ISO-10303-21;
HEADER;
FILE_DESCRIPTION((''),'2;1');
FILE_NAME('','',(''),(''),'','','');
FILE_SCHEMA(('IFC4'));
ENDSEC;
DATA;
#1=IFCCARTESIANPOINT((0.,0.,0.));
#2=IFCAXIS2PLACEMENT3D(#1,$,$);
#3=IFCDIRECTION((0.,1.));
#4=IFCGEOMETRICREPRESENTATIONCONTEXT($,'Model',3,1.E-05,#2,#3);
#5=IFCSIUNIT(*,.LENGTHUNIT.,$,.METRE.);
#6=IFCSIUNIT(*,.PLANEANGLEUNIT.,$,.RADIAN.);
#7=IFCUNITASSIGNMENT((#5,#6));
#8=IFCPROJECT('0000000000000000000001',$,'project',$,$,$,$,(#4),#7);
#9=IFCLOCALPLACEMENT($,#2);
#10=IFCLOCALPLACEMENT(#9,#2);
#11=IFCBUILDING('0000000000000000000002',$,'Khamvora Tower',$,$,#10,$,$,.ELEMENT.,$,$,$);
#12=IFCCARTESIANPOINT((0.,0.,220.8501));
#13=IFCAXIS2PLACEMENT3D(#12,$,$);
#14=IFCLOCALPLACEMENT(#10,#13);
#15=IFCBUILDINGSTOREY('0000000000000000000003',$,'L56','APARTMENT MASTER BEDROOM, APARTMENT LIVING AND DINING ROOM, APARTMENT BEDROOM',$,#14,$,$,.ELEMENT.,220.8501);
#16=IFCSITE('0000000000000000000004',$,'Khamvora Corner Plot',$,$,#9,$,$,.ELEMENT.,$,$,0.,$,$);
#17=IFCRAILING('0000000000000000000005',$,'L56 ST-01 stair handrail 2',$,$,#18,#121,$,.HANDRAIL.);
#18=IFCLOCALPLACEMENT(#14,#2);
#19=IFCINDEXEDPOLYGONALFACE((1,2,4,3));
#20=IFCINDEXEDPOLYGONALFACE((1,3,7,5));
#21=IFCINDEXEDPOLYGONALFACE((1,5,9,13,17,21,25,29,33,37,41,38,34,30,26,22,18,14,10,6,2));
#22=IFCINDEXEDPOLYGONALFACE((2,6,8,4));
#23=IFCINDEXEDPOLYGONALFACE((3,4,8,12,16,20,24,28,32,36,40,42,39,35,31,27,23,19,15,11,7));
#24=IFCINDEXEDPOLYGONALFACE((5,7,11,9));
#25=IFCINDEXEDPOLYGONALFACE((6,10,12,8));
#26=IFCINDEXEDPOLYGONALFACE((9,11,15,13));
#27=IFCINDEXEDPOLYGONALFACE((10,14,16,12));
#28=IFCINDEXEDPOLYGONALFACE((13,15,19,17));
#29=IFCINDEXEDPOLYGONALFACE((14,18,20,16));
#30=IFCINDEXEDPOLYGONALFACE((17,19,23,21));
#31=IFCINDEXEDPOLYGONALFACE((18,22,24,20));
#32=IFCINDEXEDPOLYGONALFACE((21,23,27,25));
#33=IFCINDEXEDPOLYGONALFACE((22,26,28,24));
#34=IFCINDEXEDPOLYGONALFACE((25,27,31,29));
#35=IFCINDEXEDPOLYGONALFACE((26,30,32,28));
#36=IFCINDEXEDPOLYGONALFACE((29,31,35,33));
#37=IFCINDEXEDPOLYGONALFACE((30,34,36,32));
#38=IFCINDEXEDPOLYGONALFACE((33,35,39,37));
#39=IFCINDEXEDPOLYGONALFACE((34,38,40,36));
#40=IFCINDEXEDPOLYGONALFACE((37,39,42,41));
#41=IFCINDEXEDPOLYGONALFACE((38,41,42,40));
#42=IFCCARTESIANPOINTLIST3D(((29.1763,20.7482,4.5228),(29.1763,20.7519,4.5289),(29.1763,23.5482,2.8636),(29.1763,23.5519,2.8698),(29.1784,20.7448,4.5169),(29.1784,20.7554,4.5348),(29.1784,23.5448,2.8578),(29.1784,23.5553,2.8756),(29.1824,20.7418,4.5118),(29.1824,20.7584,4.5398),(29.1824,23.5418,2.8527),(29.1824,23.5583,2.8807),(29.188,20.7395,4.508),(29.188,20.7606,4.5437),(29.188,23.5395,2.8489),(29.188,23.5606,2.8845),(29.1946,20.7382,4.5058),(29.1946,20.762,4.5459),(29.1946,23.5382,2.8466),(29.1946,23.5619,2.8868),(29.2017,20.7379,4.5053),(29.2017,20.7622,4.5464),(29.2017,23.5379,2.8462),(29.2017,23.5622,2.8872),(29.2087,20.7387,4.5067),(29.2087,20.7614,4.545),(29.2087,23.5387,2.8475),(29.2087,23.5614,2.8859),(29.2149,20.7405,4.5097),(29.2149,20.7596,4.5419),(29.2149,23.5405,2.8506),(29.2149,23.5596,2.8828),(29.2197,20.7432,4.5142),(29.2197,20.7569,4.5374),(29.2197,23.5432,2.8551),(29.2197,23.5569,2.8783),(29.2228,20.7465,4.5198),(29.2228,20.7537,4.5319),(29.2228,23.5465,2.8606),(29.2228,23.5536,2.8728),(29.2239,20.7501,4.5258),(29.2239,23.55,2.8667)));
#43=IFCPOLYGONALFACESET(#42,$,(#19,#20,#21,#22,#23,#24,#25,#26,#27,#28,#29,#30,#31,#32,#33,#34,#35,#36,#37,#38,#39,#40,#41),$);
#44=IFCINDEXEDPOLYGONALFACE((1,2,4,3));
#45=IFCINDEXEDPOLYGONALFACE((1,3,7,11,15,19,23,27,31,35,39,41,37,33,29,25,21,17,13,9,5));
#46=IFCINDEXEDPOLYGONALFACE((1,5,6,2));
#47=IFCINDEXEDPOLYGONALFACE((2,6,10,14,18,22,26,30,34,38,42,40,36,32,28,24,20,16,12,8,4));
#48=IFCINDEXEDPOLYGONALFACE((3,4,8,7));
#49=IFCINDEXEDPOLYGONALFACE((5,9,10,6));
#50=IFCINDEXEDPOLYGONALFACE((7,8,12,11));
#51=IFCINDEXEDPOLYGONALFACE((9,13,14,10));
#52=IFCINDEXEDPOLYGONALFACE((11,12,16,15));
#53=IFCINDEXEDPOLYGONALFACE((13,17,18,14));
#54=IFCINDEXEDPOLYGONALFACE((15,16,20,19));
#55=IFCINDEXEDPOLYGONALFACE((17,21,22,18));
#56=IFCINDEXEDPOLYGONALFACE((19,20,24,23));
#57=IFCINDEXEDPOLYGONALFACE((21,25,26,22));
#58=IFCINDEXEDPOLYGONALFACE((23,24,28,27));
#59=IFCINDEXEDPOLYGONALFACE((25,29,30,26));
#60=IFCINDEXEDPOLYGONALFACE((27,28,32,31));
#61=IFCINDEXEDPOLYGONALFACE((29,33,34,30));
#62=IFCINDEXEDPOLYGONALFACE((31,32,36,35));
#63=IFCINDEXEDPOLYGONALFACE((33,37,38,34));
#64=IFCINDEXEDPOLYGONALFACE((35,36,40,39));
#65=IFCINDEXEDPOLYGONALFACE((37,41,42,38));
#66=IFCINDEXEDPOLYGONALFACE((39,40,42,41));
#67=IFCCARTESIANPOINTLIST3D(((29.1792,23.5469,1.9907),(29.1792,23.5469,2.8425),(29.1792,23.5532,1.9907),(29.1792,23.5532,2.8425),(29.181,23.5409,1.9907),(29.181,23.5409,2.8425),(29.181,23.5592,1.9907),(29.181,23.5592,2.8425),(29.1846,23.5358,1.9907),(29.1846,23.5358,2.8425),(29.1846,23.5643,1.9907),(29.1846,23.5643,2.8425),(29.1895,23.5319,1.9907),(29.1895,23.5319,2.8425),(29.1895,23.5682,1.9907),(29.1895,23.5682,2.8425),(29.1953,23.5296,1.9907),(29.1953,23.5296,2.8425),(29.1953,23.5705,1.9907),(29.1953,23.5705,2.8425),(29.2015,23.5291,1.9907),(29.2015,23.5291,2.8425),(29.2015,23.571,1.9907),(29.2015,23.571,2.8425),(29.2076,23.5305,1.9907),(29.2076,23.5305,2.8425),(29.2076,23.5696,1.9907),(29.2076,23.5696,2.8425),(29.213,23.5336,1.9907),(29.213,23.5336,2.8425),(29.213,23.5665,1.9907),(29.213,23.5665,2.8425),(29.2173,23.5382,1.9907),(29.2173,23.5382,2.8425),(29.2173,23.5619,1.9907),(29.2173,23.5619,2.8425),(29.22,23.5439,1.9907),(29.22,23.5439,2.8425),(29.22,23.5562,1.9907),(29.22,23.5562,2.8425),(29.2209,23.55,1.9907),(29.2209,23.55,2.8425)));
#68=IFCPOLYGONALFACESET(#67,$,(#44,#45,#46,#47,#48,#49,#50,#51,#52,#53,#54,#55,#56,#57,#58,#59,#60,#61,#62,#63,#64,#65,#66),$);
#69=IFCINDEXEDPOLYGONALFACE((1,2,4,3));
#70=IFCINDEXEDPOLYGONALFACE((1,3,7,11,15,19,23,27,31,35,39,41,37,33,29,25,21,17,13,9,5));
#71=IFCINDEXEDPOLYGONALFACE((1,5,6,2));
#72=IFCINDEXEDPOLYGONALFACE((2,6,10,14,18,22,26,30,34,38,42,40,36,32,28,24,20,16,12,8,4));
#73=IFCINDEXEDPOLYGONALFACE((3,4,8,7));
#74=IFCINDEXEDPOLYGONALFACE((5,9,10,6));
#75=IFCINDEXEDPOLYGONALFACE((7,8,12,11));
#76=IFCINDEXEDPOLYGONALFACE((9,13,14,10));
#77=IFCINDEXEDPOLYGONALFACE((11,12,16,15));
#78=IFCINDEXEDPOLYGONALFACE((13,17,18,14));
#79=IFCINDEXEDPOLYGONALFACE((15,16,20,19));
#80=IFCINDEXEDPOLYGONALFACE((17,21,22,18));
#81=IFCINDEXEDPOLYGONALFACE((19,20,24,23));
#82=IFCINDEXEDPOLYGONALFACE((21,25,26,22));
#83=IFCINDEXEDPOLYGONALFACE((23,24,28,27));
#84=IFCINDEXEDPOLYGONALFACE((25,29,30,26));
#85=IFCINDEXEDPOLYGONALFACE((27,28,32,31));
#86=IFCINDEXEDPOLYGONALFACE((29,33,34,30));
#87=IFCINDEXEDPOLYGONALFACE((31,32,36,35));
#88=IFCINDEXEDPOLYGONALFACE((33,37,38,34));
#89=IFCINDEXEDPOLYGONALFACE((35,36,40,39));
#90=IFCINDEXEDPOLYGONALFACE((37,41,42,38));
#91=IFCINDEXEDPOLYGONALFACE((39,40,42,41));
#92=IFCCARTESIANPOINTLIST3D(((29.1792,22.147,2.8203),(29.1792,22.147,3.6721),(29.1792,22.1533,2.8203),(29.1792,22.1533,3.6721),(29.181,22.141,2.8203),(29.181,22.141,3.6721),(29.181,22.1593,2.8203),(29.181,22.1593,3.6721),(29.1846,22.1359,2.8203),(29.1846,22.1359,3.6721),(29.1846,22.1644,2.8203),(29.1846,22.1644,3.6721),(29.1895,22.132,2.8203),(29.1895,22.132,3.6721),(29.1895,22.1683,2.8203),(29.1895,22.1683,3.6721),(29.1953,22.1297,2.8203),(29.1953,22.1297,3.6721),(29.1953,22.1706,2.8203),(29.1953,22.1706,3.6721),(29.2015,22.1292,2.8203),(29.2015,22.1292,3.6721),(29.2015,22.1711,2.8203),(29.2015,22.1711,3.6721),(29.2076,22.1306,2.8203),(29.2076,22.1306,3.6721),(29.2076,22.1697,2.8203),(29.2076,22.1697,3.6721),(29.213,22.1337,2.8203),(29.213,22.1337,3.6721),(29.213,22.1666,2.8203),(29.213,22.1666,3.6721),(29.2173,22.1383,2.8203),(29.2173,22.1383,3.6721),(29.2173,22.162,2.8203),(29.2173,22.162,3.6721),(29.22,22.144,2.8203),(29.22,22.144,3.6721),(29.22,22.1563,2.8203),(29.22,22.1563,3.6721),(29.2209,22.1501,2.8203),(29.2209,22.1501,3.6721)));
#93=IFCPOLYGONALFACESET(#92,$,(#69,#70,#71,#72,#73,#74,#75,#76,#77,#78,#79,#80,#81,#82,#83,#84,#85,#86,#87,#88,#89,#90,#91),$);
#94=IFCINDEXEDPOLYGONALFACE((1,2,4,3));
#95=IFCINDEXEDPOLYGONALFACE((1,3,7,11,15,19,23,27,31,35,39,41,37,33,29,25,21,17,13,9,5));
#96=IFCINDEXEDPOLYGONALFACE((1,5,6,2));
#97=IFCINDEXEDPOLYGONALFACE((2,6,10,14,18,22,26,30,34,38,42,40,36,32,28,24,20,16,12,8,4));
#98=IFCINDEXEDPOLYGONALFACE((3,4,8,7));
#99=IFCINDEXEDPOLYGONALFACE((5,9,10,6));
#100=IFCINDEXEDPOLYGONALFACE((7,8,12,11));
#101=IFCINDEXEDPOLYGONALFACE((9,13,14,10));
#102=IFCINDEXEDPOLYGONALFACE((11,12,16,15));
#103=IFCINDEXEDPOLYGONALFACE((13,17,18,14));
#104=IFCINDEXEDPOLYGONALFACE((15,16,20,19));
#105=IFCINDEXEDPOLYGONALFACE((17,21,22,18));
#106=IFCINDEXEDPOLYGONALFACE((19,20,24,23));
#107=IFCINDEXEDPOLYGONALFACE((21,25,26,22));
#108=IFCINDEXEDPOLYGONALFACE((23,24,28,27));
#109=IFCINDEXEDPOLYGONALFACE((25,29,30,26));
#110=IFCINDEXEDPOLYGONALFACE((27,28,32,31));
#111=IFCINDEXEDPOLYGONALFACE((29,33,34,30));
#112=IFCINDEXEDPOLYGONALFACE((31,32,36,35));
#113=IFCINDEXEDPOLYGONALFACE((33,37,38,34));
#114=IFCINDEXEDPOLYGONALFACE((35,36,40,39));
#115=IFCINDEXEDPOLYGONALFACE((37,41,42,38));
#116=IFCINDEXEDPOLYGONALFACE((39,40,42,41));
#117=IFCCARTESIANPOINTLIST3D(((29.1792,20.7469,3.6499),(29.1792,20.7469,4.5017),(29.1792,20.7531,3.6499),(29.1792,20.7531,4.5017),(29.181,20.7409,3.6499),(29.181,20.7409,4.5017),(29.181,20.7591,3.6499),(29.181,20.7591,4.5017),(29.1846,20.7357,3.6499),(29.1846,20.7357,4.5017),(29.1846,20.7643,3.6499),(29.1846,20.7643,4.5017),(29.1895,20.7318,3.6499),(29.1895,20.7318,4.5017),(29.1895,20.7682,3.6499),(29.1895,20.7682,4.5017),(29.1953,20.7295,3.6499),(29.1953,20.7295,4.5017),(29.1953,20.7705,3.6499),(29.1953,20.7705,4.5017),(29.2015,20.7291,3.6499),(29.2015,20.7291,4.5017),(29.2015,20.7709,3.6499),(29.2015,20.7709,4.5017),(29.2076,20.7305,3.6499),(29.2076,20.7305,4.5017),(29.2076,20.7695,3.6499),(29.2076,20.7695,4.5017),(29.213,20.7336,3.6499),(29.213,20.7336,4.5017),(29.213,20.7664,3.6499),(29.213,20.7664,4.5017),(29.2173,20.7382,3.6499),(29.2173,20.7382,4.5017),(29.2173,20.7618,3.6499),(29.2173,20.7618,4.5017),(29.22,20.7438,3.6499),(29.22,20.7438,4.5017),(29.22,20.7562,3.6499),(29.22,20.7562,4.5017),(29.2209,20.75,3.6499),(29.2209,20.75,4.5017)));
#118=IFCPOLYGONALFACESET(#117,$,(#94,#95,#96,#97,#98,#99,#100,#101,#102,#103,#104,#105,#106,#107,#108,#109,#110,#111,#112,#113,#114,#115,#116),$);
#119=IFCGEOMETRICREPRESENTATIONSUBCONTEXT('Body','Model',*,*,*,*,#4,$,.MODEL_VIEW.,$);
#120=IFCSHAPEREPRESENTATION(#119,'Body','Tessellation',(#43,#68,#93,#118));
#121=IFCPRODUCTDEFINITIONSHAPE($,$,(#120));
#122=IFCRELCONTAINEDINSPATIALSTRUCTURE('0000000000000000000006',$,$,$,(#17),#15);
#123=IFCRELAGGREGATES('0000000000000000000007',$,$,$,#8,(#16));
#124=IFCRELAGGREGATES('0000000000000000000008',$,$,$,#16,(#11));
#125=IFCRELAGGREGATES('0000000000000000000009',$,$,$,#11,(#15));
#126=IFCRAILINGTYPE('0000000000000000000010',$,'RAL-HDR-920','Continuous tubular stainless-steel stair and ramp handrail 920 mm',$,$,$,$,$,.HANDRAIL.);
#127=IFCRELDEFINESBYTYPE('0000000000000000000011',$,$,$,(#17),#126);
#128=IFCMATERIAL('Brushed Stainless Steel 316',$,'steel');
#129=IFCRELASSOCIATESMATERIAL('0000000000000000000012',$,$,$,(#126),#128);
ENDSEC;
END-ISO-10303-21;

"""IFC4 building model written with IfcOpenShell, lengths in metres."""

from ifc_helpers import new_model, si_unit, direction, frame, origin, origin_2d, place, context, subcontext, project, spatial, circle, extrude, material, type_object, element, save


model = new_model("IFC4")

# Units and contexts
model_context = context("Model", 3, precision=1e-05, world=origin(), true_north=direction((0.0, 1.0)))
body_context = subcontext(model_context, "Body", "Model", "MODEL_VIEW")
ifc_project = project(units=[si_unit("LENGTHUNIT", "METRE"), si_unit("PLANEANGLEUNIT", "RADIAN")], contexts=[model_context])

# Site, building, storey
site_placement = place(None, origin())
site = spatial("IfcSite", under=ifc_project, at=site_placement, Name="Khamvora Corner Plot", CompositionType="ELEMENT", RefElevation=0.0)
building_placement = place(site_placement, origin())
building = spatial("IfcBuilding", under=site, at=building_placement, Name="Khamvora Tower", CompositionType="ELEMENT")
storey_placement = place(building_placement, frame((0.0, 0.0, 220.8501)))
storey = spatial("IfcBuildingStorey", under=building, at=storey_placement, Name="L56", Description="APARTMENT MASTER BEDROOM, APARTMENT LIVING AND DINING ROOM, APARTMENT BEDROOM", CompositionType="ELEMENT", Elevation=220.8501)

# Railing
ifc_material_1 = material(Name="Brushed Stainless Steel 316", Category="steel")
railing_type_1 = type_object("IfcRailingType", Name="RAL-HDR-920", Description="Continuous tubular stainless-steel stair and ramp handrail 920 mm", PredefinedType="HANDRAIL", material=ifc_material_1)
railing_1_placement = place(storey_placement, frame((29.2, 23.55, 1.9907)))
element("IfcRailing", 1, at=railing_1_placement, inside=storey, type_object=railing_type_1, Name="L56 ST-01 stair handrail 2", PredefinedType="HANDRAIL", context=body_context, shape_type="SweptSolid", body=[
    extrude(circle(Radius=0.0239, at=origin_2d()), frame((0.0, 0.0, 0.876), z_axis=(0.0, -0.860306, 0.509778), x_axis=(1.0, 0.0, 0.0)), (0.0, 0.0, 1.0), 3.2546),
    extrude(circle(Radius=0.021, at=origin_2d()), origin(), (0.0, 0.0, 1.0), 0.8518),
    extrude(circle(Radius=0.021, at=origin_2d()), frame((0.0, -1.3999, 0.8296)), (0.0, 0.0, 1.0), 0.8518),
    extrude(circle(Radius=0.021, at=origin_2d()), frame((0.0, -2.8, 1.6592)), (0.0, 0.0, 1.0), 0.8518),
])

save(model, "model.ifc")
